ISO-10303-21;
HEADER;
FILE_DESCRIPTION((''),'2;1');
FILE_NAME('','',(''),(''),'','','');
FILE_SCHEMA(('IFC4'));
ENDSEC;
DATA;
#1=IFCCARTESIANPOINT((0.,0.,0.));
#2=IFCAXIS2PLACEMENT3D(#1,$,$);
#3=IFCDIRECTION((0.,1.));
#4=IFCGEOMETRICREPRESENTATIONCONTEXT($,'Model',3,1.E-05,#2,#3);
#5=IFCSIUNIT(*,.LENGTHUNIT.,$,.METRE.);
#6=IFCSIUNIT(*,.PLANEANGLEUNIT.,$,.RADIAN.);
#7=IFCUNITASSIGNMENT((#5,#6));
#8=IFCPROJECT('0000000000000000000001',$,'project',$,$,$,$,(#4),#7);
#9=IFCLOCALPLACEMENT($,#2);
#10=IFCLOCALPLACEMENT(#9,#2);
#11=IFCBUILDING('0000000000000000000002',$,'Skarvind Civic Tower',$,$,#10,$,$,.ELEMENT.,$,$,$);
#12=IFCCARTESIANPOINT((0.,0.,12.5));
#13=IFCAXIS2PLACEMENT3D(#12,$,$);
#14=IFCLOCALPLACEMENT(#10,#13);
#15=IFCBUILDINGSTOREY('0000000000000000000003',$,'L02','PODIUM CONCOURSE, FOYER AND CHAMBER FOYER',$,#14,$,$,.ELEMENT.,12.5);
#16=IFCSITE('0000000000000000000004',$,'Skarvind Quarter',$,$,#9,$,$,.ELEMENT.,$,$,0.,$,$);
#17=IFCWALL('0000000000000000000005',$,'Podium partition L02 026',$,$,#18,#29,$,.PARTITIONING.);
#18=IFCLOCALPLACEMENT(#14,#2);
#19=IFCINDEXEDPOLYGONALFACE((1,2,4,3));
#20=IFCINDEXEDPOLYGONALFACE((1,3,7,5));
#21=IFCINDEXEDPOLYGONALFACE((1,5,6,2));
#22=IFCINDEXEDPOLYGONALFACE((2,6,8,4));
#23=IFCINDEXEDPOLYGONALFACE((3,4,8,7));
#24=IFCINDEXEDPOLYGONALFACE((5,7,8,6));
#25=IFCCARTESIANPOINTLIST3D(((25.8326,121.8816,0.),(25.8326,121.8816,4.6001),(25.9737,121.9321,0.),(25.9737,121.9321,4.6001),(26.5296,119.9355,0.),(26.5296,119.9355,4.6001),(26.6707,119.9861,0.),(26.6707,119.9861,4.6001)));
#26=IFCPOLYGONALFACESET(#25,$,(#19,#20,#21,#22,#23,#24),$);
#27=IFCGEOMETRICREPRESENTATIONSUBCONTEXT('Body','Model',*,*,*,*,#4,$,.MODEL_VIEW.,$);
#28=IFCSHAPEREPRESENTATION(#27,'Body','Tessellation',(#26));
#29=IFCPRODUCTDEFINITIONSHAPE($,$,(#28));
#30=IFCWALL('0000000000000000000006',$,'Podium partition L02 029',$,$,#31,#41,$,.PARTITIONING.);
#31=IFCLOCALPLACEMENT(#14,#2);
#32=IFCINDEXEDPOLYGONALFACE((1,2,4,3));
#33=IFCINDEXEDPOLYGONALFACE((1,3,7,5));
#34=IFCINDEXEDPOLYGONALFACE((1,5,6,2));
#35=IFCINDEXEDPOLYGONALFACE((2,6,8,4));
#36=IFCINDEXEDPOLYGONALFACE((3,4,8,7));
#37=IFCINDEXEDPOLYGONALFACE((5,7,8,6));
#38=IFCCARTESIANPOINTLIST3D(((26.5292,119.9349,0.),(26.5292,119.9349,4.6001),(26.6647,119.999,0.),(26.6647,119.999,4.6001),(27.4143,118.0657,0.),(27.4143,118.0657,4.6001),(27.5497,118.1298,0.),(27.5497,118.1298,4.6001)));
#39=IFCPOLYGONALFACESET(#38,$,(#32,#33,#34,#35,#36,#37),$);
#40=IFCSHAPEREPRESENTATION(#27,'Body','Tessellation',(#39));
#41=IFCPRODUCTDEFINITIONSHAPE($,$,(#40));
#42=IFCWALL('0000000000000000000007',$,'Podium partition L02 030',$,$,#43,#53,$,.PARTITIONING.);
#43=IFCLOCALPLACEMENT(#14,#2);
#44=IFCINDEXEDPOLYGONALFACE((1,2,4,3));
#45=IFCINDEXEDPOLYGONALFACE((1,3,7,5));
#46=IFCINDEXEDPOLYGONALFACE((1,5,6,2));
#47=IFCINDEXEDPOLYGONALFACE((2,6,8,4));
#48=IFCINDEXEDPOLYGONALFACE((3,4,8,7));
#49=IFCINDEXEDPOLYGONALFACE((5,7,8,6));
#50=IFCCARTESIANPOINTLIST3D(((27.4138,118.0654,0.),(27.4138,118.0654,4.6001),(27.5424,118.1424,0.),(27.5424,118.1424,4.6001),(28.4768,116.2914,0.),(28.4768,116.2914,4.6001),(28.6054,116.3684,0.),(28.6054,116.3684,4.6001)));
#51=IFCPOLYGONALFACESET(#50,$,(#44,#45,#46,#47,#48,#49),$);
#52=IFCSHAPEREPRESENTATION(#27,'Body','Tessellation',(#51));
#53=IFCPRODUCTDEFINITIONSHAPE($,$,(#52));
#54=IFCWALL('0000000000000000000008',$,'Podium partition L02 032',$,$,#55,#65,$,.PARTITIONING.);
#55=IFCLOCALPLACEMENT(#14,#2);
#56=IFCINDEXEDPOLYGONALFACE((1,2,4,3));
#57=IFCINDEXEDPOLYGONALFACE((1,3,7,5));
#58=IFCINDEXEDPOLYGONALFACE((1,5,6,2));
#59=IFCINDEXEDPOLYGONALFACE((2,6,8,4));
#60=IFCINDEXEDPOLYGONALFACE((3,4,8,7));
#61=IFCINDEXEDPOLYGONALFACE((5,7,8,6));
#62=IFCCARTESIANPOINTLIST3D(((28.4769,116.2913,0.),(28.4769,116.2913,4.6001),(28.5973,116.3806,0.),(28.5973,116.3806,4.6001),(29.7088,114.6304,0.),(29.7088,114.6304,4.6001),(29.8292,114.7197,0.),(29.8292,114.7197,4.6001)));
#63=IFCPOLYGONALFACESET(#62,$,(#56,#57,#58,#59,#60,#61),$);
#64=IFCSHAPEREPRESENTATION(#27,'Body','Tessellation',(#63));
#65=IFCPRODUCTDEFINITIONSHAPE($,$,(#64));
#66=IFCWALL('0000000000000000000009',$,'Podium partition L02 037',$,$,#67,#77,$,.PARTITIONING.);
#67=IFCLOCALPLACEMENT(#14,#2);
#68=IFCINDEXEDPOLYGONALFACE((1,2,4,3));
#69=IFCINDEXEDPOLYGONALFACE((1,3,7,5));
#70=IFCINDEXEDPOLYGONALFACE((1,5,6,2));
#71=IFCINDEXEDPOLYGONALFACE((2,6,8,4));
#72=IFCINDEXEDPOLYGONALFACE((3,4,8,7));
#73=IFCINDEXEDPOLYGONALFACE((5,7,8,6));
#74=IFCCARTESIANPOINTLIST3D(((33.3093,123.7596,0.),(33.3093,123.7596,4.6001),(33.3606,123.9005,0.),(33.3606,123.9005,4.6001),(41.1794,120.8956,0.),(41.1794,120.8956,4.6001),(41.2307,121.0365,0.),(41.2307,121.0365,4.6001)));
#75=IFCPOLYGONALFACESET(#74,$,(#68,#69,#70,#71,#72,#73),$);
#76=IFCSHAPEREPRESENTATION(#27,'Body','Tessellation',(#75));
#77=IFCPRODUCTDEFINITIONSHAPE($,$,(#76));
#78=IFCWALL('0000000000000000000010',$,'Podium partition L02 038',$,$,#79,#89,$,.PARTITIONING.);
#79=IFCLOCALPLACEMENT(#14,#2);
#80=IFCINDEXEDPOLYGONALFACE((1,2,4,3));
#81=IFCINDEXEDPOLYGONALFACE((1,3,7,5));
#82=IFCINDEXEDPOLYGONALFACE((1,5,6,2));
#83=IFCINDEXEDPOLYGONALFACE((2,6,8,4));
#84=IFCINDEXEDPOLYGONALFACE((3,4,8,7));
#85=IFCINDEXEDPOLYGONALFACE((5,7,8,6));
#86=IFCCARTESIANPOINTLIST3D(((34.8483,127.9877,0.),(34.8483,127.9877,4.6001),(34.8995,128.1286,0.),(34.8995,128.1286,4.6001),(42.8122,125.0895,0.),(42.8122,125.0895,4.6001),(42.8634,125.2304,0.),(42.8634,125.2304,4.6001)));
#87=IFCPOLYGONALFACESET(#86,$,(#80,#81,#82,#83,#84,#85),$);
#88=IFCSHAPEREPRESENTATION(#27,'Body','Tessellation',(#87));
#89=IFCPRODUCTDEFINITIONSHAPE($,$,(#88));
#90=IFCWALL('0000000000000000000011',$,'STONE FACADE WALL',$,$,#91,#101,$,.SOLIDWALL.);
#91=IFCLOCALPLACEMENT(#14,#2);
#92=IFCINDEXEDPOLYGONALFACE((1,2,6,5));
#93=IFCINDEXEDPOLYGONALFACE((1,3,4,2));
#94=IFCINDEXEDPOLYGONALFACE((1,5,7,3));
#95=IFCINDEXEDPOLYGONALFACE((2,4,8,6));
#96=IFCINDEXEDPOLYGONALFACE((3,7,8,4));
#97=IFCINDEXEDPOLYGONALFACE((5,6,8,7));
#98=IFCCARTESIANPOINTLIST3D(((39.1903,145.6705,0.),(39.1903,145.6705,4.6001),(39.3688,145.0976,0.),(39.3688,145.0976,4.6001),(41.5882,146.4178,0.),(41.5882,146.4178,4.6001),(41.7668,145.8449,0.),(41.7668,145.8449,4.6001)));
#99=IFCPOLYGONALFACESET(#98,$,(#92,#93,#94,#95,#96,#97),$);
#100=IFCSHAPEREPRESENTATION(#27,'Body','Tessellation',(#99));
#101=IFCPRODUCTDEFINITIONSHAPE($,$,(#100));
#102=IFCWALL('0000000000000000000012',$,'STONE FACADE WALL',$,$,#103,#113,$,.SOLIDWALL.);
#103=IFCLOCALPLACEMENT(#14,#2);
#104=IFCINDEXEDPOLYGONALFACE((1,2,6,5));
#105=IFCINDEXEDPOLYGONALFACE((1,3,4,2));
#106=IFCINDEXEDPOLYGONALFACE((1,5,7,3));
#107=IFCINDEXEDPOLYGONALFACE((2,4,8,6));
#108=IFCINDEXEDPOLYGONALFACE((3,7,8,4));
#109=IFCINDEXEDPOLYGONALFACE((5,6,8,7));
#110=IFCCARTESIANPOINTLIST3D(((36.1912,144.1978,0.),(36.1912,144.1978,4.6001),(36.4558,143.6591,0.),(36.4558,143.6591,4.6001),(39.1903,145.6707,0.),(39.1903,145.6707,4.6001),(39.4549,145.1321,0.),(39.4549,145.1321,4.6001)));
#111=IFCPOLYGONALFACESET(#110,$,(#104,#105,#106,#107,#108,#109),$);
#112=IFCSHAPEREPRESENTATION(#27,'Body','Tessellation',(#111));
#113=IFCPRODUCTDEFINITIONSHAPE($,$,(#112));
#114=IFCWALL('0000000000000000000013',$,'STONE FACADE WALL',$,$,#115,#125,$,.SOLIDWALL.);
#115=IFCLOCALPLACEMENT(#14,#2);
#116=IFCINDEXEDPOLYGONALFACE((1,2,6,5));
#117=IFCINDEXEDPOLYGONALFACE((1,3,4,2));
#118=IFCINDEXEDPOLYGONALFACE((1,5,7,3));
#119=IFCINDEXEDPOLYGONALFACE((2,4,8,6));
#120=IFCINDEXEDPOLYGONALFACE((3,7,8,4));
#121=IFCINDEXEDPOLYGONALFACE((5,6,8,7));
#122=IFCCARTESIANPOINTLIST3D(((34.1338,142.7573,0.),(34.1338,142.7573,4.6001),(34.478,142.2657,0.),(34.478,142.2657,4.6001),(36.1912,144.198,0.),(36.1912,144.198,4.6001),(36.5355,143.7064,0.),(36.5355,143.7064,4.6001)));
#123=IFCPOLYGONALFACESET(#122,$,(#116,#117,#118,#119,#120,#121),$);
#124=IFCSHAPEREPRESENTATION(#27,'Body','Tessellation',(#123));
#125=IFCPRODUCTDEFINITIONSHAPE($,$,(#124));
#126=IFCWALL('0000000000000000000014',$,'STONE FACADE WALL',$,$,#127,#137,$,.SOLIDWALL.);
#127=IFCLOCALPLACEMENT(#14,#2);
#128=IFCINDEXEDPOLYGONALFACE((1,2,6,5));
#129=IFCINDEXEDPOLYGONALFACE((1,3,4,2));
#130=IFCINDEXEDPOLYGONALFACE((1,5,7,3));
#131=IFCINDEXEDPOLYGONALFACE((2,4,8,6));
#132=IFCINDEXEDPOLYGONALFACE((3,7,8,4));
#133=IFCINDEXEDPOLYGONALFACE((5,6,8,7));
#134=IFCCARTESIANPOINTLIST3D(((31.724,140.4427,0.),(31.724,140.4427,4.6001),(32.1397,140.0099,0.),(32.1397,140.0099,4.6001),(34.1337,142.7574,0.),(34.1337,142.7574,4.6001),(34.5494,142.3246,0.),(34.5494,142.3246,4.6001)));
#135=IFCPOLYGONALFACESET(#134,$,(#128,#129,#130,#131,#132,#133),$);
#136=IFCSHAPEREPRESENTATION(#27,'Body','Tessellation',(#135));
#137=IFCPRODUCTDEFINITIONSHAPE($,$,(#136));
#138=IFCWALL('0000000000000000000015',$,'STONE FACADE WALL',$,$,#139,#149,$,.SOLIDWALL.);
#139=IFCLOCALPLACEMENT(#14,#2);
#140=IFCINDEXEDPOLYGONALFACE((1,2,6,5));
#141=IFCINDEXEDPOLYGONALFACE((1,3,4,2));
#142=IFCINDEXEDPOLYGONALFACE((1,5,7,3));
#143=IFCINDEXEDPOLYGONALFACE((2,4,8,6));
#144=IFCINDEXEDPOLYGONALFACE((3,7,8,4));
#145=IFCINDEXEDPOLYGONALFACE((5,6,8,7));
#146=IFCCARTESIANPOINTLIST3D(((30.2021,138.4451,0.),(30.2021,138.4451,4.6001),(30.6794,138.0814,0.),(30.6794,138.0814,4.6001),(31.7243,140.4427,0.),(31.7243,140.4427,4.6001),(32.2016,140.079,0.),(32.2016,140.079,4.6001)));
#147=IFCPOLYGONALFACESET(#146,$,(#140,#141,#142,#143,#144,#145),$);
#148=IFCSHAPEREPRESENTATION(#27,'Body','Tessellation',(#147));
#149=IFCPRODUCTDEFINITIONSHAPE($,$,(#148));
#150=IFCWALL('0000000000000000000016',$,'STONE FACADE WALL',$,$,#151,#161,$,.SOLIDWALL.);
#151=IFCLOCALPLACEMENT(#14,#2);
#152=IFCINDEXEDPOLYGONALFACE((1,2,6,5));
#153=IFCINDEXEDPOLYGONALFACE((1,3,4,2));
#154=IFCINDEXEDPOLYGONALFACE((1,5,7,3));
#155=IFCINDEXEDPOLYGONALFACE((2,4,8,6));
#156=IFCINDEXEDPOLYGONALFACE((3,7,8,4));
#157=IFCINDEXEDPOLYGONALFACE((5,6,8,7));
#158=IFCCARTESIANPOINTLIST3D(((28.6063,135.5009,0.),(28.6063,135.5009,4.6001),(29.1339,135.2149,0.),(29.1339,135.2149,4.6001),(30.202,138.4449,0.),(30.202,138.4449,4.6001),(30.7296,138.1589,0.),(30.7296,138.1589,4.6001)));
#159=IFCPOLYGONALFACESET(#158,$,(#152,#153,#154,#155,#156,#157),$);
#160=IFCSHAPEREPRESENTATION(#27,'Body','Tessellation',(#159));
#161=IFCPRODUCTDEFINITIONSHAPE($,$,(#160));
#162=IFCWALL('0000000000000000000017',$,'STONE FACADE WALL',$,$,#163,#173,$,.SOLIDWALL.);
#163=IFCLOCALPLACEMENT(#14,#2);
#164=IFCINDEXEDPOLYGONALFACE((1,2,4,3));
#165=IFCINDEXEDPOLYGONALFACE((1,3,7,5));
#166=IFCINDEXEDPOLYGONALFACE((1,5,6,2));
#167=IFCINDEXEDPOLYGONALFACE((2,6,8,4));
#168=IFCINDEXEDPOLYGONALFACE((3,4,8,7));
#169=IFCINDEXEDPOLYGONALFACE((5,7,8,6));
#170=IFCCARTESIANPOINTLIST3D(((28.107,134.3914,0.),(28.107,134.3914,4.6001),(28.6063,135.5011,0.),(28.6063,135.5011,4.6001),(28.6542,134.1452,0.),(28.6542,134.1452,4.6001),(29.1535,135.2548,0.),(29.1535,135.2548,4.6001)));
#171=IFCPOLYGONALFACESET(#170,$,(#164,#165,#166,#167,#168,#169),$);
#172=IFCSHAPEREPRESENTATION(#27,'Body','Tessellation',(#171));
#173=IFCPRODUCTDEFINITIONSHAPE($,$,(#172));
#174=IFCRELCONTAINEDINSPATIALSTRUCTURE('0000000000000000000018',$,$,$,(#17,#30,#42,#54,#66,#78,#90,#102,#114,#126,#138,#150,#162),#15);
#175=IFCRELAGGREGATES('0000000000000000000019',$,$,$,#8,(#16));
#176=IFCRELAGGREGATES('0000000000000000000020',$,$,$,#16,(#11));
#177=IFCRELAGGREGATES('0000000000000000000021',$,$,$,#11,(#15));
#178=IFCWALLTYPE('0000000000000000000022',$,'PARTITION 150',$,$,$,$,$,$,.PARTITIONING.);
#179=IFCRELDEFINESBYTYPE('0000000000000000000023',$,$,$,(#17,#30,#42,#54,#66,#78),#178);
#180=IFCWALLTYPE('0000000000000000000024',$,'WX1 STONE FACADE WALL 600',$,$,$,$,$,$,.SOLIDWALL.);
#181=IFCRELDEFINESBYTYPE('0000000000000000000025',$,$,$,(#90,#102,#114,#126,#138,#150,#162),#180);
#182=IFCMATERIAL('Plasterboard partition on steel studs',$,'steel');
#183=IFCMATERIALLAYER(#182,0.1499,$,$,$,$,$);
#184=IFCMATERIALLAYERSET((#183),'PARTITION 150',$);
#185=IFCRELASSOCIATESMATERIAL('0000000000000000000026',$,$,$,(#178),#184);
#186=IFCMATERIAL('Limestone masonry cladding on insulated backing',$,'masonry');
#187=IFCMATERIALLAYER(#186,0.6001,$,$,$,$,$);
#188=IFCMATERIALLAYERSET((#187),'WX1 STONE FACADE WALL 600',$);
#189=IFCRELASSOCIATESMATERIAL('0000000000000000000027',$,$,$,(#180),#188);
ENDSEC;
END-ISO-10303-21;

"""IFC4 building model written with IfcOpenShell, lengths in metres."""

from ifc_helpers import new_model, si_unit, direction, frame, frame_2d, origin, place, context, subcontext, project, spatial, rectangle, extrude, material, layer, layer_set, type_object, element, save


model = new_model("IFC4")

# Units and contexts
model_context = context("Model", 3, precision=1e-05, world=origin(), true_north=direction((0.0, 1.0)))
body_context = subcontext(model_context, "Body", "Model", "MODEL_VIEW")
ifc_project = project(units=[si_unit("LENGTHUNIT", "METRE"), si_unit("PLANEANGLEUNIT", "RADIAN")], contexts=[model_context])

# Site, building, storey
site_placement = place(None, origin())
site = spatial("IfcSite", under=ifc_project, at=site_placement, Name="Skarvind Quarter", CompositionType="ELEMENT", RefElevation=0.0)
building_placement = place(site_placement, origin())
building = spatial("IfcBuilding", under=site, at=building_placement, Name="Skarvind Civic Tower", CompositionType="ELEMENT")
storey_placement = place(building_placement, frame((0.0, 0.0, 12.5)))
storey = spatial("IfcBuildingStorey", under=building, at=storey_placement, Name="L02", Description="PODIUM CONCOURSE, FOYER AND CHAMBER FOYER", CompositionType="ELEMENT", Elevation=12.5)

# Walls
ifc_material_1 = material(Name="Plasterboard partition on steel studs", Category="steel")
ifc_layer_1 = layer(ifc_material_1, 0.1499)
ifc_layer_set_1 = layer_set([ifc_layer_1], Name="PARTITION 150")
wall_type_1 = type_object("IfcWallType", Name="PARTITION 150", PredefinedType="PARTITIONING", material=ifc_layer_set_1)
wall_1_placement = place(storey_placement, frame((25.9031, 121.907, 0.0), z_axis=(0.0, 0.0, 1.0), x_axis=(0.337197, -0.941434, 0.0)))
element("IfcWall", 1, at=wall_1_placement, inside=storey, type_object=wall_type_1, Name="Podium partition L02 026", PredefinedType="PARTITIONING", context=body_context, shape_type="SweptSolid", body=[
    extrude(rectangle(XDim=2.0671, YDim=0.1499, at=frame_2d((1.0337, 0.0))), origin(), (0.0, 0.0, 1.0), 4.6001),
])
for number, where, z_axis, x_axis, name in (
    (2, (26.5969, 119.967, 0.0), (0.0, 0.0, 1.0), (0.427939, -0.903808, 0.0), "Podium partition L02 029"),
    (3, (27.478, 118.104, 0.0), (0.0, 0.0, 1.0), (0.51401, -0.857784, 0.0), "Podium partition L02 030"),
):
    element("IfcWall", number, at=place(storey_placement, frame(where, z_axis=z_axis, x_axis=x_axis)), inside=storey, type_object=wall_type_1, Name=name, PredefinedType="PARTITIONING", context=body_context, shape_type="SweptSolid", body=[
        extrude(rectangle(XDim=2.0681, YDim=0.1499, at=frame_2d((1.0342, 0.0))), origin(), (0.0, 0.0, 1.0), 4.6001),
    ])
wall_2_placement = place(storey_placement, frame((28.5371, 116.3359, 0.0), z_axis=(0.0, 0.0, 1.0), x_axis=(0.595741, -0.803176, 0.0)))
element("IfcWall", 4, at=wall_2_placement, inside=storey, type_object=wall_type_1, Name="Podium partition L02 032", PredefinedType="PARTITIONING", context=body_context, shape_type="SweptSolid", body=[
    extrude(rectangle(XDim=2.0679, YDim=0.1499, at=frame_2d((1.0339, 0.0))), origin(), (0.0, 0.0, 1.0), 4.6001),
])
wall_3_placement = place(storey_placement, frame((33.335, 123.8301, 0.0), z_axis=(0.0, 0.0, 1.0), x_axis=(0.939711, -0.34197, 0.0)))
element("IfcWall", 5, at=wall_3_placement, inside=storey, type_object=wall_type_1, Name="Podium partition L02 037", PredefinedType="PARTITIONING", context=body_context, shape_type="SweptSolid", body=[
    extrude(rectangle(XDim=8.375, YDim=0.1499, at=frame_2d((4.1875, 0.0))), origin(), (0.0, 0.0, 1.0), 4.6001),
])
wall_4_placement = place(storey_placement, frame((34.874, 128.0581, 0.0), z_axis=(0.0, 0.0, 1.0), x_axis=(0.939708, -0.341977, 0.0)))
element("IfcWall", 6, at=wall_4_placement, inside=storey, type_object=wall_type_1, Name="Podium partition L02 038", PredefinedType="PARTITIONING", context=body_context, shape_type="SweptSolid", body=[
    extrude(rectangle(XDim=8.4749, YDim=0.1499, at=frame_2d((4.2373, 0.0))), origin(), (0.0, 0.0, 1.0), 4.6001),
])
ifc_material_2 = material(Name="Limestone masonry cladding on insulated backing", Category="masonry")
ifc_layer_2 = layer(ifc_material_2, 0.6001)
ifc_layer_set_2 = layer_set([ifc_layer_2], Name="WX1 STONE FACADE WALL 600")
wall_type_2 = type_object("IfcWallType", Name="WX1 STONE FACADE WALL 600", PredefinedType="SOLIDWALL", material=ifc_layer_set_2)
wall_5_placement = place(storey_placement, frame((39.2795, 145.384, 0.0), z_axis=(0.0, 0.0, 1.0), x_axis=(0.954711, 0.297533, 0.0)))
element("IfcWall", 7, at=wall_5_placement, inside=storey, type_object=wall_type_2, Name="STONE FACADE WALL", PredefinedType="SOLIDWALL", context=body_context, shape_type="SweptSolid", body=[
    extrude(rectangle(XDim=2.5117, YDim=0.6001, at=frame_2d((1.2559, 0.0))), origin(), (0.0, 0.0, 1.0), 4.6001),
])
wall_6_placement = place(storey_placement, frame((36.3235, 143.9285, 0.0), z_axis=(0.0, 0.0, 1.0), x_axis=(0.89759, 0.440831, 0.0)))
element("IfcWall", 8, at=wall_6_placement, inside=storey, type_object=wall_type_2, Name="STONE FACADE WALL", PredefinedType="SOLIDWALL", context=body_context, shape_type="SweptSolid", body=[
    extrude(rectangle(XDim=3.3413, YDim=0.6001, at=frame_2d((1.6707, 0.0))), origin(), (0.0, 0.0, 1.0), 4.6001),
])
wall_7_placement = place(storey_placement, frame((34.3059, 142.5115, 0.0), z_axis=(0.0, 0.0, 1.0), x_axis=(0.819136, 0.573599, 0.0)))
element("IfcWall", 9, at=wall_7_placement, inside=storey, type_object=wall_type_2, Name="STONE FACADE WALL", PredefinedType="SOLIDWALL", context=body_context, shape_type="SweptSolid", body=[
    extrude(rectangle(XDim=2.5117, YDim=0.6001, at=frame_2d((1.2559, 0.0))), origin(), (0.0, 0.0, 1.0), 4.6001),
])
wall_8_placement = place(storey_placement, frame((31.9319, 140.2263, 0.0), z_axis=(0.0, 0.0, 1.0), x_axis=(0.721176, 0.692752, 0.0)))
element("IfcWall", 10, at=wall_8_placement, inside=storey, type_object=wall_type_2, Name="STONE FACADE WALL", PredefinedType="SOLIDWALL", context=body_context, shape_type="SweptSolid", body=[
    extrude(rectangle(XDim=3.3413, YDim=0.6001, at=frame_2d((1.6707, 0.0))), origin(), (0.0, 0.0, 1.0), 4.6001),
])
wall_9_placement = place(storey_placement, frame((30.4407, 138.2632, 0.0), z_axis=(0.0, 0.0, 1.0), x_axis=(0.606111, 0.79538, 0.0)))
element("IfcWall", 11, at=wall_9_placement, inside=storey, type_object=wall_type_2, Name="STONE FACADE WALL", PredefinedType="SOLIDWALL", context=body_context, shape_type="SweptSolid", body=[
    extrude(rectangle(XDim=2.5115, YDim=0.6001, at=frame_2d((1.2559, 0.0))), origin(), (0.0, 0.0, 1.0), 4.6001),
])
wall_10_placement = place(storey_placement, frame((28.8701, 135.3579, 0.0), z_axis=(0.0, 0.0, 1.0), x_axis=(0.476511, 0.879169, 0.0)))
element("IfcWall", 12, at=wall_10_placement, inside=storey, type_object=wall_type_2, Name="STONE FACADE WALL", PredefinedType="SOLIDWALL", context=body_context, shape_type="SweptSolid", body=[
    extrude(rectangle(XDim=3.3486, YDim=0.6001, at=frame_2d((1.6743, 0.0))), origin(), (0.0, 0.0, 1.0), 4.6001),
])
wall_11_placement = place(storey_placement, frame((28.3806, 134.2683, 0.0), z_axis=(0.0, 0.0, 1.0), x_axis=(0.410323, 0.91194, 0.0)))
element("IfcWall", 13, at=wall_11_placement, inside=storey, type_object=wall_type_2, Name="STONE FACADE WALL", PredefinedType="SOLIDWALL", context=body_context, shape_type="SweptSolid", body=[
    extrude(rectangle(XDim=1.2168, YDim=0.6001, at=frame_2d((0.6084, 0.0))), origin(), (0.0, 0.0, 1.0), 4.6001),
])

save(model, "model.ifc")
